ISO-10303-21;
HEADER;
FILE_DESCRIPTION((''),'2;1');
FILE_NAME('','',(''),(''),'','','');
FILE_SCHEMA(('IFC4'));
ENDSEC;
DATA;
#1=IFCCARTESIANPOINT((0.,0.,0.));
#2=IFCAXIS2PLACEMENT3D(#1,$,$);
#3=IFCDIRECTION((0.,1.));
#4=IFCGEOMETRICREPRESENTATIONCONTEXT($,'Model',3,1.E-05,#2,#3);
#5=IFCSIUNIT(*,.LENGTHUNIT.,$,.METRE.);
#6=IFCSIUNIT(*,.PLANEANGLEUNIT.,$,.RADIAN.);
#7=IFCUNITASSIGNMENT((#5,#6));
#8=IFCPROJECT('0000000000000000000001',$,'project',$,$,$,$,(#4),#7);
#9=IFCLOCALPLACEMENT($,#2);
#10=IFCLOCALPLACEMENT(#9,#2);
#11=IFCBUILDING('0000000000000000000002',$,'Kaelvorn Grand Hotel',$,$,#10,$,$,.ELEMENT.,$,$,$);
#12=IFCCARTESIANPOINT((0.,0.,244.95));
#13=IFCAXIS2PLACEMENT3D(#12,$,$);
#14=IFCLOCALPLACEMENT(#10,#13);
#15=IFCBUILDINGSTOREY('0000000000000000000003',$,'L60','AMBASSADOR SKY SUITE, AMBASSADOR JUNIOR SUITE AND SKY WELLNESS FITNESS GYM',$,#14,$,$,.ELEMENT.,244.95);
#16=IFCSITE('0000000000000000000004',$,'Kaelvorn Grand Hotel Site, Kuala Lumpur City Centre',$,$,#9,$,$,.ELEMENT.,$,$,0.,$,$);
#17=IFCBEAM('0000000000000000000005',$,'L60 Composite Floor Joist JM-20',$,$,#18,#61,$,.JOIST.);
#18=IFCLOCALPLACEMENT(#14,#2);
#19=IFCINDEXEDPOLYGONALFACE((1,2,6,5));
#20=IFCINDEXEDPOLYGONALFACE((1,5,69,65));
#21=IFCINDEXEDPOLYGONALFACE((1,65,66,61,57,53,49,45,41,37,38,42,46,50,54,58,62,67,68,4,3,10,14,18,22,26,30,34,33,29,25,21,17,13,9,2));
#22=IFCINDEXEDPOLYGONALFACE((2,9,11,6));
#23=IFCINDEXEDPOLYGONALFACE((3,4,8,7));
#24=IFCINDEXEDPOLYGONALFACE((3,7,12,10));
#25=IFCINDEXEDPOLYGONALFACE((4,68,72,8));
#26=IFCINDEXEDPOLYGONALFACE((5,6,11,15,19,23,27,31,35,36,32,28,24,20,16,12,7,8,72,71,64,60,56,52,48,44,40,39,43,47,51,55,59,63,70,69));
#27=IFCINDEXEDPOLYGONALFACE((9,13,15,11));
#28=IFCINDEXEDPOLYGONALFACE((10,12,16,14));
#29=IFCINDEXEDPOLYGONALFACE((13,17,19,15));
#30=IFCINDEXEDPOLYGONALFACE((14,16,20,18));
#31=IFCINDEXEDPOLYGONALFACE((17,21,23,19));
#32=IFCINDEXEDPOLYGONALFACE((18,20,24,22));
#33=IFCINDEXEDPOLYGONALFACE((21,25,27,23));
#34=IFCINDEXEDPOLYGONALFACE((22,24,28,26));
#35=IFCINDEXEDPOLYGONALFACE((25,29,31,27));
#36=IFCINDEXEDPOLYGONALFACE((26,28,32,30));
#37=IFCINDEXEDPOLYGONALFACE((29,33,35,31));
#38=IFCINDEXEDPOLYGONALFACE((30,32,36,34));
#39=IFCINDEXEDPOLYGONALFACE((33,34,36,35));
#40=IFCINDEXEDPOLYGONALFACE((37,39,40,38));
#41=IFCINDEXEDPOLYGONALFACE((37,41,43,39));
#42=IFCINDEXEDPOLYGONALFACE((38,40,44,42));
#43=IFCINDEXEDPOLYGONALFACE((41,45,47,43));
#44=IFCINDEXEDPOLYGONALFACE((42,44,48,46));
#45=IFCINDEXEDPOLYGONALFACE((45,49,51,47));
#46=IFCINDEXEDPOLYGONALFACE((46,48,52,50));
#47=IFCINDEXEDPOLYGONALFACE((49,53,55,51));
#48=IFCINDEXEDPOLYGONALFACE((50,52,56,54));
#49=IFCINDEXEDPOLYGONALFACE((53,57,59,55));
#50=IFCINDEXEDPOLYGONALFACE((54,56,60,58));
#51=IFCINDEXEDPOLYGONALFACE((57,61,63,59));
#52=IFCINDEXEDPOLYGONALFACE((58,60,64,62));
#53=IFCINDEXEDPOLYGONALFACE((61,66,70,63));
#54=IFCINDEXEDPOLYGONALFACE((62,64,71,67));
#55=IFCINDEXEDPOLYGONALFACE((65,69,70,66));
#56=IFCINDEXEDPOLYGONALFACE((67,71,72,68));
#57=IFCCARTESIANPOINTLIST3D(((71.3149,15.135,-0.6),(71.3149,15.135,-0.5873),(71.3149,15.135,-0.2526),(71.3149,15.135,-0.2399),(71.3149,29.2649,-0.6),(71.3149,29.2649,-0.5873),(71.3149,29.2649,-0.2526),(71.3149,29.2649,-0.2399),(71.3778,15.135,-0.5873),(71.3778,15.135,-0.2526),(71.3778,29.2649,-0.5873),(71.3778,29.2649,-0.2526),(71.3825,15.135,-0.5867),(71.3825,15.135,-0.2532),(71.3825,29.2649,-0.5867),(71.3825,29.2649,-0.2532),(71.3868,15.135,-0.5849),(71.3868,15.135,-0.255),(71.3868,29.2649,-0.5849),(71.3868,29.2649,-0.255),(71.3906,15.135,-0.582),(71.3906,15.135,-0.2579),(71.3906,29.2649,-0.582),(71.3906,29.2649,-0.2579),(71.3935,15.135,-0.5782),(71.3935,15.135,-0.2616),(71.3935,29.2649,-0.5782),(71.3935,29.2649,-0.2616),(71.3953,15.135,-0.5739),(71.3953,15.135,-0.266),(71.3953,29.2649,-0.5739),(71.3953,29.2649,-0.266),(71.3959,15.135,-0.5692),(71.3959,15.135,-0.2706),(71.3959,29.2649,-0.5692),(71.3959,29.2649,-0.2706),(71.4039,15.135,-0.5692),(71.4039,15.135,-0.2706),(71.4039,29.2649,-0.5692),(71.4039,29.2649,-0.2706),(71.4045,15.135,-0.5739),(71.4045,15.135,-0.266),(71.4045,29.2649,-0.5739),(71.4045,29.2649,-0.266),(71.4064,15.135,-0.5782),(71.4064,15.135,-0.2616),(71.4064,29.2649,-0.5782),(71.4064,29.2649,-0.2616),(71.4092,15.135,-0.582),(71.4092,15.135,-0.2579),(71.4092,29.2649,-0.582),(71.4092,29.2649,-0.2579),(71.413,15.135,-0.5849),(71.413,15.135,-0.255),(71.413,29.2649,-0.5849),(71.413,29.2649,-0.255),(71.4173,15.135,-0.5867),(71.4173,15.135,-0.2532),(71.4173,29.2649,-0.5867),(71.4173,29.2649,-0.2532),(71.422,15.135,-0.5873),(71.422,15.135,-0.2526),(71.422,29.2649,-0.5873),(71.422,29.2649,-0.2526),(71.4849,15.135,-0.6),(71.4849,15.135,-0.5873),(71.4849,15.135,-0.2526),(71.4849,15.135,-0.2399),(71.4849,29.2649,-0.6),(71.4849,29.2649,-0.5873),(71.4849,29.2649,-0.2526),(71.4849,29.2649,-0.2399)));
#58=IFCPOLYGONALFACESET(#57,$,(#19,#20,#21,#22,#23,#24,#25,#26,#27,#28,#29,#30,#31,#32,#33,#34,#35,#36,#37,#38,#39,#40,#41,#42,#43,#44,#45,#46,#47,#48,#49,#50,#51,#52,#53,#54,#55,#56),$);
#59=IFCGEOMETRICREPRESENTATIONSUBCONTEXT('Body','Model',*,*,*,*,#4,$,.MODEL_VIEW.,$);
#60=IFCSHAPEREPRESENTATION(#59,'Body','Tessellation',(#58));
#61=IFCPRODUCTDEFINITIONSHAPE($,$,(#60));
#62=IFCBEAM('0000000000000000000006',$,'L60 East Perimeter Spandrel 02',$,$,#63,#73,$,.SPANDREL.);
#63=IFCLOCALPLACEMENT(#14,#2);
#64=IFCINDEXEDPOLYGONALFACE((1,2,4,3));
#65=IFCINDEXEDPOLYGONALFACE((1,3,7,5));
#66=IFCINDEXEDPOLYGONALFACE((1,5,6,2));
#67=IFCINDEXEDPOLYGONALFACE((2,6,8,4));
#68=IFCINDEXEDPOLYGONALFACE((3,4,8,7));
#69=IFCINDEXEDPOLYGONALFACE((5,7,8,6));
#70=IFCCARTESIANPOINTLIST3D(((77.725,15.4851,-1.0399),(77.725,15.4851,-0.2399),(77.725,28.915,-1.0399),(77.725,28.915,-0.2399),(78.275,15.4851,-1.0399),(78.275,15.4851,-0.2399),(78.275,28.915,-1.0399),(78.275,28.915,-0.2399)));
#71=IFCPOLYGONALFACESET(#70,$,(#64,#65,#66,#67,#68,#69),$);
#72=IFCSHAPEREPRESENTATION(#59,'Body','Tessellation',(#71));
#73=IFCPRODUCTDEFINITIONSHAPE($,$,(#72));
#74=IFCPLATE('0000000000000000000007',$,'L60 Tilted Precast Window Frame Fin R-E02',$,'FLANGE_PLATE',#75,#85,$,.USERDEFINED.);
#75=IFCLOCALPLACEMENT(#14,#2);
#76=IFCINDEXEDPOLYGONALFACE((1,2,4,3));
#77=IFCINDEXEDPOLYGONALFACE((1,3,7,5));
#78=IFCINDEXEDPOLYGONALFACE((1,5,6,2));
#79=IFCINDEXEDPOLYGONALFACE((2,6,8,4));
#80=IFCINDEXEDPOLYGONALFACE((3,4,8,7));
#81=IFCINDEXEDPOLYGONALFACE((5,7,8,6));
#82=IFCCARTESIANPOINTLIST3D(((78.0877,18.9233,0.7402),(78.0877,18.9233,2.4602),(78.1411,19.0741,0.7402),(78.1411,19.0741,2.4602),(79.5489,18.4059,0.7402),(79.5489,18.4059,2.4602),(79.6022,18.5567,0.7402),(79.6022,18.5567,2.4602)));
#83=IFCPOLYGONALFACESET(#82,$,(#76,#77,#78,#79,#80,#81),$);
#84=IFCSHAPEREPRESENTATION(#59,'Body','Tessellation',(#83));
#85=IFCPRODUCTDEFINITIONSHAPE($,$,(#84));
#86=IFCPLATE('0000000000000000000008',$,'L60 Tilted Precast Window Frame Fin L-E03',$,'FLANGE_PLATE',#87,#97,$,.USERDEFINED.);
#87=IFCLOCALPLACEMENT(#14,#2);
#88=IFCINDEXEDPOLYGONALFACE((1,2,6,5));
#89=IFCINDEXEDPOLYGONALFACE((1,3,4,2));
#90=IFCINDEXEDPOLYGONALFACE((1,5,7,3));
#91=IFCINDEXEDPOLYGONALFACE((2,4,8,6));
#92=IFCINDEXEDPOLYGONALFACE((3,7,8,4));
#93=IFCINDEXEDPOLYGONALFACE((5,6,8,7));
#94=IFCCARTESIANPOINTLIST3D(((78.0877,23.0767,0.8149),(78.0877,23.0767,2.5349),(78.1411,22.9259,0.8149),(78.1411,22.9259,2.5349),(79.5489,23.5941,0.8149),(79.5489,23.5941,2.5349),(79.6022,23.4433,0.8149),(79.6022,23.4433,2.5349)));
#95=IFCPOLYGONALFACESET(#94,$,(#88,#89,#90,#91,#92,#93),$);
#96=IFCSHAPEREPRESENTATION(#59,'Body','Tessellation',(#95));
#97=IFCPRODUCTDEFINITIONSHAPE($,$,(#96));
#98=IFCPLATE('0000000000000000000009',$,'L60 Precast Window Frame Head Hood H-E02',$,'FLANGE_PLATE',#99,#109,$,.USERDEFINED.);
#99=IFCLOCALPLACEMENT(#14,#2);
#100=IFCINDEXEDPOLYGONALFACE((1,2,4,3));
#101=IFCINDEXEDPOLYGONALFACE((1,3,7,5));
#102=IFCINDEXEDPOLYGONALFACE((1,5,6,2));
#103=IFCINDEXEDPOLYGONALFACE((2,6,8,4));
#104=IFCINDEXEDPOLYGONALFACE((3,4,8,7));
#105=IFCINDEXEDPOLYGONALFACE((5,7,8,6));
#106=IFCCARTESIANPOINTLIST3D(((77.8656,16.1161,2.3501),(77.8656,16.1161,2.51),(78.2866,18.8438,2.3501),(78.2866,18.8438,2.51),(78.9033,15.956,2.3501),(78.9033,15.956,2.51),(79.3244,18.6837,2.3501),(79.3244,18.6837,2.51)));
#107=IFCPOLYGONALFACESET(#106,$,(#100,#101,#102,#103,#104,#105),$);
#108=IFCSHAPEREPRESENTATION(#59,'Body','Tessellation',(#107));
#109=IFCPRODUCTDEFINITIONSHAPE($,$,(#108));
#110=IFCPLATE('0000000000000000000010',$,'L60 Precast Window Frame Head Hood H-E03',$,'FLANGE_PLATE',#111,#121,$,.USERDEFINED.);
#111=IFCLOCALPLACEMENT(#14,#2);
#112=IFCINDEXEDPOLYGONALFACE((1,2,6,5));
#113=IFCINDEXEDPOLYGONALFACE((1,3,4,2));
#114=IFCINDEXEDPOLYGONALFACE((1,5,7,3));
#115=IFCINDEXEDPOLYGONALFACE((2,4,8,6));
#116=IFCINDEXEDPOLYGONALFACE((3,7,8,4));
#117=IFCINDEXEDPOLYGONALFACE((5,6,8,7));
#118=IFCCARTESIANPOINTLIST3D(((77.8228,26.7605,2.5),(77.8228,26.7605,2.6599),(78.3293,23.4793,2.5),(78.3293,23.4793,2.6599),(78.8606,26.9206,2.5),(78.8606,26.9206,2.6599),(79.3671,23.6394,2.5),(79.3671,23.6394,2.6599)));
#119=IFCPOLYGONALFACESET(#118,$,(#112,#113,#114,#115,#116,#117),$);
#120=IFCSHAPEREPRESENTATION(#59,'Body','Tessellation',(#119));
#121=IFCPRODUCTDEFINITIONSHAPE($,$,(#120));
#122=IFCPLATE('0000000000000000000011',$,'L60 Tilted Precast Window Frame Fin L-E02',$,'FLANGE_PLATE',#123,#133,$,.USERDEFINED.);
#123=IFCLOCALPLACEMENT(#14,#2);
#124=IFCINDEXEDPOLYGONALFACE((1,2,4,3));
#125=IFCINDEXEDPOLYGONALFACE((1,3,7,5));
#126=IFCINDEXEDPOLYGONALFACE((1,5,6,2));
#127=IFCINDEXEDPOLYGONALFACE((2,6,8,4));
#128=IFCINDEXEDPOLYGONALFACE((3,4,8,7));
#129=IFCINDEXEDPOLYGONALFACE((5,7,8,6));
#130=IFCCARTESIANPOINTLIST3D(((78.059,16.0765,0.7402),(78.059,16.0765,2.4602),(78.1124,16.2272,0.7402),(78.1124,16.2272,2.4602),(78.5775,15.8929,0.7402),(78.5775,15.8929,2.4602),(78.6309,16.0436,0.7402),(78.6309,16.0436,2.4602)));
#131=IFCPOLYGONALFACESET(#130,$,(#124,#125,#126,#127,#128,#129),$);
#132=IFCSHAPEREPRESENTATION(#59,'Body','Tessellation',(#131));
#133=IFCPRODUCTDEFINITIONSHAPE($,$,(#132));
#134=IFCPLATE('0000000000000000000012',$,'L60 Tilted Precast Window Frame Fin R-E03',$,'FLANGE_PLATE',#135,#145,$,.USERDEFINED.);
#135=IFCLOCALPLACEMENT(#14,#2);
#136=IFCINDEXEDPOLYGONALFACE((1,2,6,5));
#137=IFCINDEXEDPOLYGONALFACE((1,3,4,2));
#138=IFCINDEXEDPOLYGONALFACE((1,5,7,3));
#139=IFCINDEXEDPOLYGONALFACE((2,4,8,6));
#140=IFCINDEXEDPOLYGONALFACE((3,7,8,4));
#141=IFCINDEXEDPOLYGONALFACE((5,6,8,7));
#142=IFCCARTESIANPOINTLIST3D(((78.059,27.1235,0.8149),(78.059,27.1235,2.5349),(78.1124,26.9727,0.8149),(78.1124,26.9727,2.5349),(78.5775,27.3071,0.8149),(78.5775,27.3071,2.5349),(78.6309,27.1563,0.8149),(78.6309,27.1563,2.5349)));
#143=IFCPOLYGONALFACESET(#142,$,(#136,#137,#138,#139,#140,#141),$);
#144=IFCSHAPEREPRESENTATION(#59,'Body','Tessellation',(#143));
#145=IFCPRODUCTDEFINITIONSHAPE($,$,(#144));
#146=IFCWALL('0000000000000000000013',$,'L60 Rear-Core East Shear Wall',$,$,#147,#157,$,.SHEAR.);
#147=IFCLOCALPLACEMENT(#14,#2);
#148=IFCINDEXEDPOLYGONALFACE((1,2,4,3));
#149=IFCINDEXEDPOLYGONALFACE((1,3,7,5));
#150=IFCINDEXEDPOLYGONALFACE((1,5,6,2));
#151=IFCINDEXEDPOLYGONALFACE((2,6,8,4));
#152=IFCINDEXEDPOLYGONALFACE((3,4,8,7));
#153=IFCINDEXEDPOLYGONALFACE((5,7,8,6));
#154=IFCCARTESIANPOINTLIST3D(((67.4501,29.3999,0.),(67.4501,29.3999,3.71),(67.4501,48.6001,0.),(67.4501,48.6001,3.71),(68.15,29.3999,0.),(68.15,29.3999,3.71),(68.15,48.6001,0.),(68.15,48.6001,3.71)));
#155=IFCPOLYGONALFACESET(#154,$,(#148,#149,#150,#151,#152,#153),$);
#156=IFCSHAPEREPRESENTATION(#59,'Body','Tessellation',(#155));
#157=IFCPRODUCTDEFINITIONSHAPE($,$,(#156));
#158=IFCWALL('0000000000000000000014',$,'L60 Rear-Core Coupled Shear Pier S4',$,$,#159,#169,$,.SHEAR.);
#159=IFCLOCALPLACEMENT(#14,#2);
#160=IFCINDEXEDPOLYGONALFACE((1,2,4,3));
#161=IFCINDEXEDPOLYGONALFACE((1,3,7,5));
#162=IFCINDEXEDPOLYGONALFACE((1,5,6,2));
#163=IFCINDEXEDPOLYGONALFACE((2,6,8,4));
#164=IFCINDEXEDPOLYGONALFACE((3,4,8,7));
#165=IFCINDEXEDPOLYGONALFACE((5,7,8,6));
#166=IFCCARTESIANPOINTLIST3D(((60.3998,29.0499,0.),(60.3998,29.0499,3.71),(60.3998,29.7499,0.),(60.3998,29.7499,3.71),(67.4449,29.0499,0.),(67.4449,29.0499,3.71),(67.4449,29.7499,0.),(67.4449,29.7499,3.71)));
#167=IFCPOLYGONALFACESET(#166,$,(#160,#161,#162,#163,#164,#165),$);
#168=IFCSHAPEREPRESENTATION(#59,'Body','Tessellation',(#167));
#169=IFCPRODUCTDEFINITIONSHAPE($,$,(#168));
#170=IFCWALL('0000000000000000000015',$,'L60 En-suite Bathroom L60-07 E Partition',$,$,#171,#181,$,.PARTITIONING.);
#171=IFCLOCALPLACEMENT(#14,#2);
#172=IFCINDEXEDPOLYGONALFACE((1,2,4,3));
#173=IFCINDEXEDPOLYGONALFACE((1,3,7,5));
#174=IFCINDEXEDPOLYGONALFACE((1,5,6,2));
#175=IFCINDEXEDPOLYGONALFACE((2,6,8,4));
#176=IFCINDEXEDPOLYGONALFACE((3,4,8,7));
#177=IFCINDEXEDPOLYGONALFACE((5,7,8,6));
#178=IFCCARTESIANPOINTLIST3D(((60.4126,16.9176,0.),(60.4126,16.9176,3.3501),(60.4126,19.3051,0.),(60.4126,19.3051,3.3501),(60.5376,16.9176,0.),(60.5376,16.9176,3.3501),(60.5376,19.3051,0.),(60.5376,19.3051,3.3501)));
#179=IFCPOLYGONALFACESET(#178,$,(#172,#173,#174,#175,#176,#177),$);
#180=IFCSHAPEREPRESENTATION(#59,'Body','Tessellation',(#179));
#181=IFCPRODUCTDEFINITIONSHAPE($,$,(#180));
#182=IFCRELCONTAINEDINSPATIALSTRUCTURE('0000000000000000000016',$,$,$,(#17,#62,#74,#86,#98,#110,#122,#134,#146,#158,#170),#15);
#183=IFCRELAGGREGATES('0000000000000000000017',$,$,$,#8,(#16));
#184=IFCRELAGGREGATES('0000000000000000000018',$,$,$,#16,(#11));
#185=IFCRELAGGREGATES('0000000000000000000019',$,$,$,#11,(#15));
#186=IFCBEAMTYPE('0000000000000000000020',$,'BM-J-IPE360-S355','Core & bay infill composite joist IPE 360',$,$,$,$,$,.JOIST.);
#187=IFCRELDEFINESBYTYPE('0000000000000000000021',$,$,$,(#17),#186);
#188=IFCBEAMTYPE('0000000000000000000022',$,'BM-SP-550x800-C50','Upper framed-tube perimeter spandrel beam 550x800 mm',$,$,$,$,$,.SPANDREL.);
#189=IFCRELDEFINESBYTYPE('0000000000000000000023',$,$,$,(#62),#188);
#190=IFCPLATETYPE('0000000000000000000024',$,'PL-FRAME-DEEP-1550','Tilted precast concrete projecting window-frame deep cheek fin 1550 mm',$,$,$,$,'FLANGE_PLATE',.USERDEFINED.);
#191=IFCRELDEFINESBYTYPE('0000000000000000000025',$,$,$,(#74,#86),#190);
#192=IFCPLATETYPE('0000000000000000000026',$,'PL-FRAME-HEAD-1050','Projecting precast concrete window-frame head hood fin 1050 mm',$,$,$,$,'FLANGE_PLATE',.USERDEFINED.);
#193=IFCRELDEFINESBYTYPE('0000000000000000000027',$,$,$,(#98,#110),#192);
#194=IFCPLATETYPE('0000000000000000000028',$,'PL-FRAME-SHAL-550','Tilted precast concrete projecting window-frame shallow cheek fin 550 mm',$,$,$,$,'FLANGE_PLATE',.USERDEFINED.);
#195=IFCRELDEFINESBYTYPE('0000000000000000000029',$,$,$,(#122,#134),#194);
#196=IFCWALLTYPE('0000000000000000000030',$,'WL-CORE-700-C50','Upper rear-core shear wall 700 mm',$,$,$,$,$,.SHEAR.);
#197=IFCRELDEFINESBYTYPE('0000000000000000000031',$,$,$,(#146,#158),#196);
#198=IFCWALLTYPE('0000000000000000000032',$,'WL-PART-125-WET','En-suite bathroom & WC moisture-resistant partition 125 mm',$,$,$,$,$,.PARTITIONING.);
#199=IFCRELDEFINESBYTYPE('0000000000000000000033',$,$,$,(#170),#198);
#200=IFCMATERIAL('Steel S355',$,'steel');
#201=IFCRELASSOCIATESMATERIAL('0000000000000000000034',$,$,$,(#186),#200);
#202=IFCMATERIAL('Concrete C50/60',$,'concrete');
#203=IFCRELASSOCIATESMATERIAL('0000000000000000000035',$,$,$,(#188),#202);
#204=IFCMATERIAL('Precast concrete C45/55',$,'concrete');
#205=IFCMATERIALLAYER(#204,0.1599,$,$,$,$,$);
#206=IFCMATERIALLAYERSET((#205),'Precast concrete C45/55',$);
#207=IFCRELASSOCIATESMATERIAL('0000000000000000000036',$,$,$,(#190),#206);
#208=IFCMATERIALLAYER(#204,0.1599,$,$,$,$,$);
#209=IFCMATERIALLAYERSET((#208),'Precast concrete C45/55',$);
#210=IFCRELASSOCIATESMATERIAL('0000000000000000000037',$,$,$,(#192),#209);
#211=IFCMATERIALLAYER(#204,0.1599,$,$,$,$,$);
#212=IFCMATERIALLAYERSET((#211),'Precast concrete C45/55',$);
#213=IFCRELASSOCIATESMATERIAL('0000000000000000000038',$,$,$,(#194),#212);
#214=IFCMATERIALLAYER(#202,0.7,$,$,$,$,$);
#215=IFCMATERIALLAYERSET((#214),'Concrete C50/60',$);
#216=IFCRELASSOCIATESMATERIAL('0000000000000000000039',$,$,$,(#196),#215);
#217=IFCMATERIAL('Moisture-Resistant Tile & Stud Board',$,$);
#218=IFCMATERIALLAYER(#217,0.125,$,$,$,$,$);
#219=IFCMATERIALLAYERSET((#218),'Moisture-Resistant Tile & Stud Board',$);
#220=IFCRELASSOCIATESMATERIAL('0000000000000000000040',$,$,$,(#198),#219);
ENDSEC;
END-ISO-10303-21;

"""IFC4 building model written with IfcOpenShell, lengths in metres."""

from ifc_helpers import new_model, si_unit, direction, frame, frame_2d, origin, origin_2d, place, context, subcontext, project, spatial, rectangle, i_section, extrude, material, layer, layer_set, material_profile, profile_set, type_object, element, save


model = new_model("IFC4")

# Units and contexts
model_context = context("Model", 3, precision=1e-05, world=origin(), true_north=direction((0.0, 1.0)))
body_context = subcontext(model_context, "Body", "Model", "MODEL_VIEW")
ifc_project = project(units=[si_unit("LENGTHUNIT", "METRE"), si_unit("PLANEANGLEUNIT", "RADIAN")], contexts=[model_context])

# Site, building, storey
site_placement = place(None, origin())
site = spatial("IfcSite", under=ifc_project, at=site_placement, Name="Kaelvorn Grand Hotel Site, Kuala Lumpur City Centre", CompositionType="ELEMENT", RefElevation=0.0)
building_placement = place(site_placement, origin())
building = spatial("IfcBuilding", under=site, at=building_placement, Name="Kaelvorn Grand Hotel", CompositionType="ELEMENT")
storey_placement = place(building_placement, frame((0.0, 0.0, 244.95)))
storey = spatial("IfcBuildingStorey", under=building, at=storey_placement, Name="L60", Description="AMBASSADOR SKY SUITE, AMBASSADOR JUNIOR SUITE AND SKY WELLNESS FITNESS GYM", CompositionType="ELEMENT", Elevation=244.95)

# Shared definitions
ifc_material_1 = material(Name="Concrete C50/60", Category="concrete")

# Beams
ifc_material_2 = material(Name="Steel S355", Category="steel")
ifc_material_profile_1 = material_profile(ifc_material_2, i_section(OverallWidth=0.1699, OverallDepth=0.3601, WebThickness=0.0081, FlangeThickness=0.0127, FilletRadius=0.0181, at=origin_2d()), Name="IPE 360")
ifc_profile_set_1 = profile_set([ifc_material_profile_1], Name="Steel S355")
beam_type_1 = type_object("IfcBeamType", Name="BM-J-IPE360-S355", Description="Core & bay infill composite joist IPE 360", PredefinedType="JOIST", material=ifc_profile_set_1)
beam_1_placement = place(storey_placement, frame((71.3999, 15.135, -0.4199), z_axis=(0.0, 1.0, 0.0), x_axis=(-1.0, 0.0, 0.0)))
element("IfcBeam", 1, at=beam_1_placement, inside=storey, type_object=beam_type_1, Name="L60 Composite Floor Joist JM-20", PredefinedType="JOIST", context=body_context, shape_type="SweptSolid", body=[
    extrude(i_section(OverallWidth=0.1699, OverallDepth=0.3601, WebThickness=0.0081, FlangeThickness=0.0127, FilletRadius=0.0181, at=origin_2d()), origin(), (0.0, 0.0, 1.0), 14.1299),
])
ifc_material_profile_2 = material_profile(ifc_material_1, rectangle(XDim=0.55, YDim=0.8, at=origin_2d()), Name="RC SPANDREL 550x800")
ifc_profile_set_2 = profile_set([ifc_material_profile_2], Name="Concrete C50/60")
beam_type_2 = type_object("IfcBeamType", Name="BM-SP-550x800-C50", Description="Upper framed-tube perimeter spandrel beam 550x800 mm", PredefinedType="SPANDREL", material=ifc_profile_set_2)
beam_2_placement = place(storey_placement, frame((78.0, 15.4851, -0.6399), z_axis=(0.0, 1.0, 0.0), x_axis=(-1.0, 0.0, 0.0)))
element("IfcBeam", 2, at=beam_2_placement, inside=storey, type_object=beam_type_2, Name="L60 East Perimeter Spandrel 02", PredefinedType="SPANDREL", context=body_context, shape_type="SweptSolid", body=[
    extrude(rectangle(XDim=0.55, YDim=0.8, at=origin_2d()), origin(), (0.0, 0.0, 1.0), 13.4299),
])

# Plates
ifc_material_3 = material(Name="Precast concrete C45/55", Category="concrete")
ifc_layer_1 = layer(ifc_material_3, 0.1599)
ifc_layer_set_1 = layer_set([ifc_layer_1], Name="Precast concrete C45/55")
plate_type_1 = type_object("IfcPlateType", Name="PL-FRAME-DEEP-1550", Description="Tilted precast concrete projecting window-frame deep cheek fin 1550 mm", ElementType="FLANGE_PLATE", PredefinedType="USERDEFINED", material=ifc_layer_set_1)
for number, where, z_axis, x_axis, name in (
    (3, (78.845, 18.74, 0.7402), (0.0, 0.0, 1.0), (0.333807, 0.942641, 0.0), "L60 Tilted Precast Window Frame Fin R-E02"),
    (4, (78.845, 23.26, 0.8149), (0.0, 0.0, 1.0), (-0.333807, 0.942641, 0.0), "L60 Tilted Precast Window Frame Fin L-E03"),
):
    element("IfcPlate", number, at=place(storey_placement, frame(where, z_axis=z_axis, x_axis=x_axis)), inside=storey, type_object=plate_type_1, Name=name, ObjectType="FLANGE_PLATE", PredefinedType="USERDEFINED", context=body_context, shape_type="SweptSolid", body=[
        extrude(rectangle(XDim=0.1599, YDim=1.55, at=origin_2d()), origin(), (0.0, 0.0, 1.0), 1.72),
    ])
ifc_layer_2 = layer(ifc_material_3, 0.1599)
ifc_layer_set_2 = layer_set([ifc_layer_2], Name="Precast concrete C45/55")
plate_type_2 = type_object("IfcPlateType", Name="PL-FRAME-HEAD-1050", Description="Projecting precast concrete window-frame head hood fin 1050 mm", ElementType="FLANGE_PLATE", PredefinedType="USERDEFINED", material=ifc_layer_set_2)
plate_1_placement = place(storey_placement, frame((78.595, 17.3999, 2.3501), z_axis=(0.0, 0.0, 1.0), x_axis=(0.152555, 0.988295, 0.0)))
element("IfcPlate", 5, at=plate_1_placement, inside=storey, type_object=plate_type_2, Name="L60 Precast Window Frame Head Hood H-E02", ObjectType="FLANGE_PLATE", PredefinedType="USERDEFINED", context=body_context, shape_type="SweptSolid", body=[
    extrude(rectangle(XDim=2.76, YDim=1.05, at=origin_2d()), origin(), (0.0, 0.0, 1.0), 0.1599),
])
plate_2_placement = place(storey_placement, frame((78.595, 25.2, 2.5), z_axis=(0.0, 0.0, 1.0), x_axis=(-0.152555, 0.988295, 0.0)))
element("IfcPlate", 6, at=plate_2_placement, inside=storey, type_object=plate_type_2, Name="L60 Precast Window Frame Head Hood H-E03", ObjectType="FLANGE_PLATE", PredefinedType="USERDEFINED", context=body_context, shape_type="SweptSolid", body=[
    extrude(rectangle(XDim=3.3201, YDim=1.05, at=origin_2d()), origin(), (0.0, 0.0, 1.0), 0.1599),
])
ifc_layer_3 = layer(ifc_material_3, 0.1599)
ifc_layer_set_3 = layer_set([ifc_layer_3], Name="Precast concrete C45/55")
plate_type_3 = type_object("IfcPlateType", Name="PL-FRAME-SHAL-550", Description="Tilted precast concrete projecting window-frame shallow cheek fin 550 mm", ElementType="FLANGE_PLATE", PredefinedType="USERDEFINED", material=ifc_layer_set_3)
for number, where, z_axis, x_axis, name in (
    (7, (78.345, 16.0601, 0.7402), (0.0, 0.0, 1.0), (0.333807, 0.942641, 0.0), "L60 Tilted Precast Window Frame Fin L-E02"),
    (8, (78.345, 27.1399, 0.8149), (0.0, 0.0, 1.0), (-0.333807, 0.942641, 0.0), "L60 Tilted Precast Window Frame Fin R-E03"),
):
    element("IfcPlate", number, at=place(storey_placement, frame(where, z_axis=z_axis, x_axis=x_axis)), inside=storey, type_object=plate_type_3, Name=name, ObjectType="FLANGE_PLATE", PredefinedType="USERDEFINED", context=body_context, shape_type="SweptSolid", body=[
        extrude(rectangle(XDim=0.1599, YDim=0.55, at=origin_2d()), origin(), (0.0, 0.0, 1.0), 1.72),
    ])

# Walls
ifc_layer_4 = layer(ifc_material_1, 0.7)
ifc_layer_set_4 = layer_set([ifc_layer_4], Name="Concrete C50/60")
wall_type_1 = type_object("IfcWallType", Name="WL-CORE-700-C50", Description="Upper rear-core shear wall 700 mm", PredefinedType="SHEAR", material=ifc_layer_set_4)
wall_1_placement = place(storey_placement, frame((67.8, 29.3999, 0.0), z_axis=(0.0, 0.0, 1.0), x_axis=(0.0, 1.0, 0.0)))
element("IfcWall", 9, at=wall_1_placement, inside=storey, type_object=wall_type_1, Name="L60 Rear-Core East Shear Wall", PredefinedType="SHEAR", context=body_context, shape_type="SweptSolid", body=[
    extrude(rectangle(XDim=19.2002, YDim=0.7, at=frame_2d((9.6001, 0.0))), origin(), (0.0, 0.0, 1.0), 3.71),
])
wall_2_placement = place(storey_placement, frame((60.3999, 29.3999, 0.0), z_axis=(0.0, 0.0, 1.0), x_axis=(1.0, 0.0, 0.0)))
element("IfcWall", 10, at=wall_2_placement, inside=storey, type_object=wall_type_1, Name="L60 Rear-Core Coupled Shear Pier S4", PredefinedType="SHEAR", context=body_context, shape_type="SweptSolid", body=[
    extrude(rectangle(XDim=7.0452, YDim=0.7, at=frame_2d((3.5225, 0.0))), origin(), (0.0, 0.0, 1.0), 3.71),
])
ifc_material_4 = material(Name="Moisture-Resistant Tile & Stud Board")
ifc_layer_5 = layer(ifc_material_4, 0.125)
ifc_layer_set_5 = layer_set([ifc_layer_5], Name="Moisture-Resistant Tile & Stud Board")
wall_type_2 = type_object("IfcWallType", Name="WL-PART-125-WET", Description="En-suite bathroom & WC moisture-resistant partition 125 mm", PredefinedType="PARTITIONING", material=ifc_layer_set_5)
wall_3_placement = place(storey_placement, frame((60.4751, 16.9175, 0.0), z_axis=(0.0, 0.0, 1.0), x_axis=(0.0, 1.0, 0.0)))
element("IfcWall", 11, at=wall_3_placement, inside=storey, type_object=wall_type_2, Name="L60 En-suite Bathroom L60-07 E Partition", PredefinedType="PARTITIONING", context=body_context, shape_type="SweptSolid", body=[
    extrude(rectangle(XDim=2.3875, YDim=0.125, at=frame_2d((1.1938, 0.0))), origin(), (0.0, 0.0, 1.0), 3.3501),
])

save(model, "model.ifc")
